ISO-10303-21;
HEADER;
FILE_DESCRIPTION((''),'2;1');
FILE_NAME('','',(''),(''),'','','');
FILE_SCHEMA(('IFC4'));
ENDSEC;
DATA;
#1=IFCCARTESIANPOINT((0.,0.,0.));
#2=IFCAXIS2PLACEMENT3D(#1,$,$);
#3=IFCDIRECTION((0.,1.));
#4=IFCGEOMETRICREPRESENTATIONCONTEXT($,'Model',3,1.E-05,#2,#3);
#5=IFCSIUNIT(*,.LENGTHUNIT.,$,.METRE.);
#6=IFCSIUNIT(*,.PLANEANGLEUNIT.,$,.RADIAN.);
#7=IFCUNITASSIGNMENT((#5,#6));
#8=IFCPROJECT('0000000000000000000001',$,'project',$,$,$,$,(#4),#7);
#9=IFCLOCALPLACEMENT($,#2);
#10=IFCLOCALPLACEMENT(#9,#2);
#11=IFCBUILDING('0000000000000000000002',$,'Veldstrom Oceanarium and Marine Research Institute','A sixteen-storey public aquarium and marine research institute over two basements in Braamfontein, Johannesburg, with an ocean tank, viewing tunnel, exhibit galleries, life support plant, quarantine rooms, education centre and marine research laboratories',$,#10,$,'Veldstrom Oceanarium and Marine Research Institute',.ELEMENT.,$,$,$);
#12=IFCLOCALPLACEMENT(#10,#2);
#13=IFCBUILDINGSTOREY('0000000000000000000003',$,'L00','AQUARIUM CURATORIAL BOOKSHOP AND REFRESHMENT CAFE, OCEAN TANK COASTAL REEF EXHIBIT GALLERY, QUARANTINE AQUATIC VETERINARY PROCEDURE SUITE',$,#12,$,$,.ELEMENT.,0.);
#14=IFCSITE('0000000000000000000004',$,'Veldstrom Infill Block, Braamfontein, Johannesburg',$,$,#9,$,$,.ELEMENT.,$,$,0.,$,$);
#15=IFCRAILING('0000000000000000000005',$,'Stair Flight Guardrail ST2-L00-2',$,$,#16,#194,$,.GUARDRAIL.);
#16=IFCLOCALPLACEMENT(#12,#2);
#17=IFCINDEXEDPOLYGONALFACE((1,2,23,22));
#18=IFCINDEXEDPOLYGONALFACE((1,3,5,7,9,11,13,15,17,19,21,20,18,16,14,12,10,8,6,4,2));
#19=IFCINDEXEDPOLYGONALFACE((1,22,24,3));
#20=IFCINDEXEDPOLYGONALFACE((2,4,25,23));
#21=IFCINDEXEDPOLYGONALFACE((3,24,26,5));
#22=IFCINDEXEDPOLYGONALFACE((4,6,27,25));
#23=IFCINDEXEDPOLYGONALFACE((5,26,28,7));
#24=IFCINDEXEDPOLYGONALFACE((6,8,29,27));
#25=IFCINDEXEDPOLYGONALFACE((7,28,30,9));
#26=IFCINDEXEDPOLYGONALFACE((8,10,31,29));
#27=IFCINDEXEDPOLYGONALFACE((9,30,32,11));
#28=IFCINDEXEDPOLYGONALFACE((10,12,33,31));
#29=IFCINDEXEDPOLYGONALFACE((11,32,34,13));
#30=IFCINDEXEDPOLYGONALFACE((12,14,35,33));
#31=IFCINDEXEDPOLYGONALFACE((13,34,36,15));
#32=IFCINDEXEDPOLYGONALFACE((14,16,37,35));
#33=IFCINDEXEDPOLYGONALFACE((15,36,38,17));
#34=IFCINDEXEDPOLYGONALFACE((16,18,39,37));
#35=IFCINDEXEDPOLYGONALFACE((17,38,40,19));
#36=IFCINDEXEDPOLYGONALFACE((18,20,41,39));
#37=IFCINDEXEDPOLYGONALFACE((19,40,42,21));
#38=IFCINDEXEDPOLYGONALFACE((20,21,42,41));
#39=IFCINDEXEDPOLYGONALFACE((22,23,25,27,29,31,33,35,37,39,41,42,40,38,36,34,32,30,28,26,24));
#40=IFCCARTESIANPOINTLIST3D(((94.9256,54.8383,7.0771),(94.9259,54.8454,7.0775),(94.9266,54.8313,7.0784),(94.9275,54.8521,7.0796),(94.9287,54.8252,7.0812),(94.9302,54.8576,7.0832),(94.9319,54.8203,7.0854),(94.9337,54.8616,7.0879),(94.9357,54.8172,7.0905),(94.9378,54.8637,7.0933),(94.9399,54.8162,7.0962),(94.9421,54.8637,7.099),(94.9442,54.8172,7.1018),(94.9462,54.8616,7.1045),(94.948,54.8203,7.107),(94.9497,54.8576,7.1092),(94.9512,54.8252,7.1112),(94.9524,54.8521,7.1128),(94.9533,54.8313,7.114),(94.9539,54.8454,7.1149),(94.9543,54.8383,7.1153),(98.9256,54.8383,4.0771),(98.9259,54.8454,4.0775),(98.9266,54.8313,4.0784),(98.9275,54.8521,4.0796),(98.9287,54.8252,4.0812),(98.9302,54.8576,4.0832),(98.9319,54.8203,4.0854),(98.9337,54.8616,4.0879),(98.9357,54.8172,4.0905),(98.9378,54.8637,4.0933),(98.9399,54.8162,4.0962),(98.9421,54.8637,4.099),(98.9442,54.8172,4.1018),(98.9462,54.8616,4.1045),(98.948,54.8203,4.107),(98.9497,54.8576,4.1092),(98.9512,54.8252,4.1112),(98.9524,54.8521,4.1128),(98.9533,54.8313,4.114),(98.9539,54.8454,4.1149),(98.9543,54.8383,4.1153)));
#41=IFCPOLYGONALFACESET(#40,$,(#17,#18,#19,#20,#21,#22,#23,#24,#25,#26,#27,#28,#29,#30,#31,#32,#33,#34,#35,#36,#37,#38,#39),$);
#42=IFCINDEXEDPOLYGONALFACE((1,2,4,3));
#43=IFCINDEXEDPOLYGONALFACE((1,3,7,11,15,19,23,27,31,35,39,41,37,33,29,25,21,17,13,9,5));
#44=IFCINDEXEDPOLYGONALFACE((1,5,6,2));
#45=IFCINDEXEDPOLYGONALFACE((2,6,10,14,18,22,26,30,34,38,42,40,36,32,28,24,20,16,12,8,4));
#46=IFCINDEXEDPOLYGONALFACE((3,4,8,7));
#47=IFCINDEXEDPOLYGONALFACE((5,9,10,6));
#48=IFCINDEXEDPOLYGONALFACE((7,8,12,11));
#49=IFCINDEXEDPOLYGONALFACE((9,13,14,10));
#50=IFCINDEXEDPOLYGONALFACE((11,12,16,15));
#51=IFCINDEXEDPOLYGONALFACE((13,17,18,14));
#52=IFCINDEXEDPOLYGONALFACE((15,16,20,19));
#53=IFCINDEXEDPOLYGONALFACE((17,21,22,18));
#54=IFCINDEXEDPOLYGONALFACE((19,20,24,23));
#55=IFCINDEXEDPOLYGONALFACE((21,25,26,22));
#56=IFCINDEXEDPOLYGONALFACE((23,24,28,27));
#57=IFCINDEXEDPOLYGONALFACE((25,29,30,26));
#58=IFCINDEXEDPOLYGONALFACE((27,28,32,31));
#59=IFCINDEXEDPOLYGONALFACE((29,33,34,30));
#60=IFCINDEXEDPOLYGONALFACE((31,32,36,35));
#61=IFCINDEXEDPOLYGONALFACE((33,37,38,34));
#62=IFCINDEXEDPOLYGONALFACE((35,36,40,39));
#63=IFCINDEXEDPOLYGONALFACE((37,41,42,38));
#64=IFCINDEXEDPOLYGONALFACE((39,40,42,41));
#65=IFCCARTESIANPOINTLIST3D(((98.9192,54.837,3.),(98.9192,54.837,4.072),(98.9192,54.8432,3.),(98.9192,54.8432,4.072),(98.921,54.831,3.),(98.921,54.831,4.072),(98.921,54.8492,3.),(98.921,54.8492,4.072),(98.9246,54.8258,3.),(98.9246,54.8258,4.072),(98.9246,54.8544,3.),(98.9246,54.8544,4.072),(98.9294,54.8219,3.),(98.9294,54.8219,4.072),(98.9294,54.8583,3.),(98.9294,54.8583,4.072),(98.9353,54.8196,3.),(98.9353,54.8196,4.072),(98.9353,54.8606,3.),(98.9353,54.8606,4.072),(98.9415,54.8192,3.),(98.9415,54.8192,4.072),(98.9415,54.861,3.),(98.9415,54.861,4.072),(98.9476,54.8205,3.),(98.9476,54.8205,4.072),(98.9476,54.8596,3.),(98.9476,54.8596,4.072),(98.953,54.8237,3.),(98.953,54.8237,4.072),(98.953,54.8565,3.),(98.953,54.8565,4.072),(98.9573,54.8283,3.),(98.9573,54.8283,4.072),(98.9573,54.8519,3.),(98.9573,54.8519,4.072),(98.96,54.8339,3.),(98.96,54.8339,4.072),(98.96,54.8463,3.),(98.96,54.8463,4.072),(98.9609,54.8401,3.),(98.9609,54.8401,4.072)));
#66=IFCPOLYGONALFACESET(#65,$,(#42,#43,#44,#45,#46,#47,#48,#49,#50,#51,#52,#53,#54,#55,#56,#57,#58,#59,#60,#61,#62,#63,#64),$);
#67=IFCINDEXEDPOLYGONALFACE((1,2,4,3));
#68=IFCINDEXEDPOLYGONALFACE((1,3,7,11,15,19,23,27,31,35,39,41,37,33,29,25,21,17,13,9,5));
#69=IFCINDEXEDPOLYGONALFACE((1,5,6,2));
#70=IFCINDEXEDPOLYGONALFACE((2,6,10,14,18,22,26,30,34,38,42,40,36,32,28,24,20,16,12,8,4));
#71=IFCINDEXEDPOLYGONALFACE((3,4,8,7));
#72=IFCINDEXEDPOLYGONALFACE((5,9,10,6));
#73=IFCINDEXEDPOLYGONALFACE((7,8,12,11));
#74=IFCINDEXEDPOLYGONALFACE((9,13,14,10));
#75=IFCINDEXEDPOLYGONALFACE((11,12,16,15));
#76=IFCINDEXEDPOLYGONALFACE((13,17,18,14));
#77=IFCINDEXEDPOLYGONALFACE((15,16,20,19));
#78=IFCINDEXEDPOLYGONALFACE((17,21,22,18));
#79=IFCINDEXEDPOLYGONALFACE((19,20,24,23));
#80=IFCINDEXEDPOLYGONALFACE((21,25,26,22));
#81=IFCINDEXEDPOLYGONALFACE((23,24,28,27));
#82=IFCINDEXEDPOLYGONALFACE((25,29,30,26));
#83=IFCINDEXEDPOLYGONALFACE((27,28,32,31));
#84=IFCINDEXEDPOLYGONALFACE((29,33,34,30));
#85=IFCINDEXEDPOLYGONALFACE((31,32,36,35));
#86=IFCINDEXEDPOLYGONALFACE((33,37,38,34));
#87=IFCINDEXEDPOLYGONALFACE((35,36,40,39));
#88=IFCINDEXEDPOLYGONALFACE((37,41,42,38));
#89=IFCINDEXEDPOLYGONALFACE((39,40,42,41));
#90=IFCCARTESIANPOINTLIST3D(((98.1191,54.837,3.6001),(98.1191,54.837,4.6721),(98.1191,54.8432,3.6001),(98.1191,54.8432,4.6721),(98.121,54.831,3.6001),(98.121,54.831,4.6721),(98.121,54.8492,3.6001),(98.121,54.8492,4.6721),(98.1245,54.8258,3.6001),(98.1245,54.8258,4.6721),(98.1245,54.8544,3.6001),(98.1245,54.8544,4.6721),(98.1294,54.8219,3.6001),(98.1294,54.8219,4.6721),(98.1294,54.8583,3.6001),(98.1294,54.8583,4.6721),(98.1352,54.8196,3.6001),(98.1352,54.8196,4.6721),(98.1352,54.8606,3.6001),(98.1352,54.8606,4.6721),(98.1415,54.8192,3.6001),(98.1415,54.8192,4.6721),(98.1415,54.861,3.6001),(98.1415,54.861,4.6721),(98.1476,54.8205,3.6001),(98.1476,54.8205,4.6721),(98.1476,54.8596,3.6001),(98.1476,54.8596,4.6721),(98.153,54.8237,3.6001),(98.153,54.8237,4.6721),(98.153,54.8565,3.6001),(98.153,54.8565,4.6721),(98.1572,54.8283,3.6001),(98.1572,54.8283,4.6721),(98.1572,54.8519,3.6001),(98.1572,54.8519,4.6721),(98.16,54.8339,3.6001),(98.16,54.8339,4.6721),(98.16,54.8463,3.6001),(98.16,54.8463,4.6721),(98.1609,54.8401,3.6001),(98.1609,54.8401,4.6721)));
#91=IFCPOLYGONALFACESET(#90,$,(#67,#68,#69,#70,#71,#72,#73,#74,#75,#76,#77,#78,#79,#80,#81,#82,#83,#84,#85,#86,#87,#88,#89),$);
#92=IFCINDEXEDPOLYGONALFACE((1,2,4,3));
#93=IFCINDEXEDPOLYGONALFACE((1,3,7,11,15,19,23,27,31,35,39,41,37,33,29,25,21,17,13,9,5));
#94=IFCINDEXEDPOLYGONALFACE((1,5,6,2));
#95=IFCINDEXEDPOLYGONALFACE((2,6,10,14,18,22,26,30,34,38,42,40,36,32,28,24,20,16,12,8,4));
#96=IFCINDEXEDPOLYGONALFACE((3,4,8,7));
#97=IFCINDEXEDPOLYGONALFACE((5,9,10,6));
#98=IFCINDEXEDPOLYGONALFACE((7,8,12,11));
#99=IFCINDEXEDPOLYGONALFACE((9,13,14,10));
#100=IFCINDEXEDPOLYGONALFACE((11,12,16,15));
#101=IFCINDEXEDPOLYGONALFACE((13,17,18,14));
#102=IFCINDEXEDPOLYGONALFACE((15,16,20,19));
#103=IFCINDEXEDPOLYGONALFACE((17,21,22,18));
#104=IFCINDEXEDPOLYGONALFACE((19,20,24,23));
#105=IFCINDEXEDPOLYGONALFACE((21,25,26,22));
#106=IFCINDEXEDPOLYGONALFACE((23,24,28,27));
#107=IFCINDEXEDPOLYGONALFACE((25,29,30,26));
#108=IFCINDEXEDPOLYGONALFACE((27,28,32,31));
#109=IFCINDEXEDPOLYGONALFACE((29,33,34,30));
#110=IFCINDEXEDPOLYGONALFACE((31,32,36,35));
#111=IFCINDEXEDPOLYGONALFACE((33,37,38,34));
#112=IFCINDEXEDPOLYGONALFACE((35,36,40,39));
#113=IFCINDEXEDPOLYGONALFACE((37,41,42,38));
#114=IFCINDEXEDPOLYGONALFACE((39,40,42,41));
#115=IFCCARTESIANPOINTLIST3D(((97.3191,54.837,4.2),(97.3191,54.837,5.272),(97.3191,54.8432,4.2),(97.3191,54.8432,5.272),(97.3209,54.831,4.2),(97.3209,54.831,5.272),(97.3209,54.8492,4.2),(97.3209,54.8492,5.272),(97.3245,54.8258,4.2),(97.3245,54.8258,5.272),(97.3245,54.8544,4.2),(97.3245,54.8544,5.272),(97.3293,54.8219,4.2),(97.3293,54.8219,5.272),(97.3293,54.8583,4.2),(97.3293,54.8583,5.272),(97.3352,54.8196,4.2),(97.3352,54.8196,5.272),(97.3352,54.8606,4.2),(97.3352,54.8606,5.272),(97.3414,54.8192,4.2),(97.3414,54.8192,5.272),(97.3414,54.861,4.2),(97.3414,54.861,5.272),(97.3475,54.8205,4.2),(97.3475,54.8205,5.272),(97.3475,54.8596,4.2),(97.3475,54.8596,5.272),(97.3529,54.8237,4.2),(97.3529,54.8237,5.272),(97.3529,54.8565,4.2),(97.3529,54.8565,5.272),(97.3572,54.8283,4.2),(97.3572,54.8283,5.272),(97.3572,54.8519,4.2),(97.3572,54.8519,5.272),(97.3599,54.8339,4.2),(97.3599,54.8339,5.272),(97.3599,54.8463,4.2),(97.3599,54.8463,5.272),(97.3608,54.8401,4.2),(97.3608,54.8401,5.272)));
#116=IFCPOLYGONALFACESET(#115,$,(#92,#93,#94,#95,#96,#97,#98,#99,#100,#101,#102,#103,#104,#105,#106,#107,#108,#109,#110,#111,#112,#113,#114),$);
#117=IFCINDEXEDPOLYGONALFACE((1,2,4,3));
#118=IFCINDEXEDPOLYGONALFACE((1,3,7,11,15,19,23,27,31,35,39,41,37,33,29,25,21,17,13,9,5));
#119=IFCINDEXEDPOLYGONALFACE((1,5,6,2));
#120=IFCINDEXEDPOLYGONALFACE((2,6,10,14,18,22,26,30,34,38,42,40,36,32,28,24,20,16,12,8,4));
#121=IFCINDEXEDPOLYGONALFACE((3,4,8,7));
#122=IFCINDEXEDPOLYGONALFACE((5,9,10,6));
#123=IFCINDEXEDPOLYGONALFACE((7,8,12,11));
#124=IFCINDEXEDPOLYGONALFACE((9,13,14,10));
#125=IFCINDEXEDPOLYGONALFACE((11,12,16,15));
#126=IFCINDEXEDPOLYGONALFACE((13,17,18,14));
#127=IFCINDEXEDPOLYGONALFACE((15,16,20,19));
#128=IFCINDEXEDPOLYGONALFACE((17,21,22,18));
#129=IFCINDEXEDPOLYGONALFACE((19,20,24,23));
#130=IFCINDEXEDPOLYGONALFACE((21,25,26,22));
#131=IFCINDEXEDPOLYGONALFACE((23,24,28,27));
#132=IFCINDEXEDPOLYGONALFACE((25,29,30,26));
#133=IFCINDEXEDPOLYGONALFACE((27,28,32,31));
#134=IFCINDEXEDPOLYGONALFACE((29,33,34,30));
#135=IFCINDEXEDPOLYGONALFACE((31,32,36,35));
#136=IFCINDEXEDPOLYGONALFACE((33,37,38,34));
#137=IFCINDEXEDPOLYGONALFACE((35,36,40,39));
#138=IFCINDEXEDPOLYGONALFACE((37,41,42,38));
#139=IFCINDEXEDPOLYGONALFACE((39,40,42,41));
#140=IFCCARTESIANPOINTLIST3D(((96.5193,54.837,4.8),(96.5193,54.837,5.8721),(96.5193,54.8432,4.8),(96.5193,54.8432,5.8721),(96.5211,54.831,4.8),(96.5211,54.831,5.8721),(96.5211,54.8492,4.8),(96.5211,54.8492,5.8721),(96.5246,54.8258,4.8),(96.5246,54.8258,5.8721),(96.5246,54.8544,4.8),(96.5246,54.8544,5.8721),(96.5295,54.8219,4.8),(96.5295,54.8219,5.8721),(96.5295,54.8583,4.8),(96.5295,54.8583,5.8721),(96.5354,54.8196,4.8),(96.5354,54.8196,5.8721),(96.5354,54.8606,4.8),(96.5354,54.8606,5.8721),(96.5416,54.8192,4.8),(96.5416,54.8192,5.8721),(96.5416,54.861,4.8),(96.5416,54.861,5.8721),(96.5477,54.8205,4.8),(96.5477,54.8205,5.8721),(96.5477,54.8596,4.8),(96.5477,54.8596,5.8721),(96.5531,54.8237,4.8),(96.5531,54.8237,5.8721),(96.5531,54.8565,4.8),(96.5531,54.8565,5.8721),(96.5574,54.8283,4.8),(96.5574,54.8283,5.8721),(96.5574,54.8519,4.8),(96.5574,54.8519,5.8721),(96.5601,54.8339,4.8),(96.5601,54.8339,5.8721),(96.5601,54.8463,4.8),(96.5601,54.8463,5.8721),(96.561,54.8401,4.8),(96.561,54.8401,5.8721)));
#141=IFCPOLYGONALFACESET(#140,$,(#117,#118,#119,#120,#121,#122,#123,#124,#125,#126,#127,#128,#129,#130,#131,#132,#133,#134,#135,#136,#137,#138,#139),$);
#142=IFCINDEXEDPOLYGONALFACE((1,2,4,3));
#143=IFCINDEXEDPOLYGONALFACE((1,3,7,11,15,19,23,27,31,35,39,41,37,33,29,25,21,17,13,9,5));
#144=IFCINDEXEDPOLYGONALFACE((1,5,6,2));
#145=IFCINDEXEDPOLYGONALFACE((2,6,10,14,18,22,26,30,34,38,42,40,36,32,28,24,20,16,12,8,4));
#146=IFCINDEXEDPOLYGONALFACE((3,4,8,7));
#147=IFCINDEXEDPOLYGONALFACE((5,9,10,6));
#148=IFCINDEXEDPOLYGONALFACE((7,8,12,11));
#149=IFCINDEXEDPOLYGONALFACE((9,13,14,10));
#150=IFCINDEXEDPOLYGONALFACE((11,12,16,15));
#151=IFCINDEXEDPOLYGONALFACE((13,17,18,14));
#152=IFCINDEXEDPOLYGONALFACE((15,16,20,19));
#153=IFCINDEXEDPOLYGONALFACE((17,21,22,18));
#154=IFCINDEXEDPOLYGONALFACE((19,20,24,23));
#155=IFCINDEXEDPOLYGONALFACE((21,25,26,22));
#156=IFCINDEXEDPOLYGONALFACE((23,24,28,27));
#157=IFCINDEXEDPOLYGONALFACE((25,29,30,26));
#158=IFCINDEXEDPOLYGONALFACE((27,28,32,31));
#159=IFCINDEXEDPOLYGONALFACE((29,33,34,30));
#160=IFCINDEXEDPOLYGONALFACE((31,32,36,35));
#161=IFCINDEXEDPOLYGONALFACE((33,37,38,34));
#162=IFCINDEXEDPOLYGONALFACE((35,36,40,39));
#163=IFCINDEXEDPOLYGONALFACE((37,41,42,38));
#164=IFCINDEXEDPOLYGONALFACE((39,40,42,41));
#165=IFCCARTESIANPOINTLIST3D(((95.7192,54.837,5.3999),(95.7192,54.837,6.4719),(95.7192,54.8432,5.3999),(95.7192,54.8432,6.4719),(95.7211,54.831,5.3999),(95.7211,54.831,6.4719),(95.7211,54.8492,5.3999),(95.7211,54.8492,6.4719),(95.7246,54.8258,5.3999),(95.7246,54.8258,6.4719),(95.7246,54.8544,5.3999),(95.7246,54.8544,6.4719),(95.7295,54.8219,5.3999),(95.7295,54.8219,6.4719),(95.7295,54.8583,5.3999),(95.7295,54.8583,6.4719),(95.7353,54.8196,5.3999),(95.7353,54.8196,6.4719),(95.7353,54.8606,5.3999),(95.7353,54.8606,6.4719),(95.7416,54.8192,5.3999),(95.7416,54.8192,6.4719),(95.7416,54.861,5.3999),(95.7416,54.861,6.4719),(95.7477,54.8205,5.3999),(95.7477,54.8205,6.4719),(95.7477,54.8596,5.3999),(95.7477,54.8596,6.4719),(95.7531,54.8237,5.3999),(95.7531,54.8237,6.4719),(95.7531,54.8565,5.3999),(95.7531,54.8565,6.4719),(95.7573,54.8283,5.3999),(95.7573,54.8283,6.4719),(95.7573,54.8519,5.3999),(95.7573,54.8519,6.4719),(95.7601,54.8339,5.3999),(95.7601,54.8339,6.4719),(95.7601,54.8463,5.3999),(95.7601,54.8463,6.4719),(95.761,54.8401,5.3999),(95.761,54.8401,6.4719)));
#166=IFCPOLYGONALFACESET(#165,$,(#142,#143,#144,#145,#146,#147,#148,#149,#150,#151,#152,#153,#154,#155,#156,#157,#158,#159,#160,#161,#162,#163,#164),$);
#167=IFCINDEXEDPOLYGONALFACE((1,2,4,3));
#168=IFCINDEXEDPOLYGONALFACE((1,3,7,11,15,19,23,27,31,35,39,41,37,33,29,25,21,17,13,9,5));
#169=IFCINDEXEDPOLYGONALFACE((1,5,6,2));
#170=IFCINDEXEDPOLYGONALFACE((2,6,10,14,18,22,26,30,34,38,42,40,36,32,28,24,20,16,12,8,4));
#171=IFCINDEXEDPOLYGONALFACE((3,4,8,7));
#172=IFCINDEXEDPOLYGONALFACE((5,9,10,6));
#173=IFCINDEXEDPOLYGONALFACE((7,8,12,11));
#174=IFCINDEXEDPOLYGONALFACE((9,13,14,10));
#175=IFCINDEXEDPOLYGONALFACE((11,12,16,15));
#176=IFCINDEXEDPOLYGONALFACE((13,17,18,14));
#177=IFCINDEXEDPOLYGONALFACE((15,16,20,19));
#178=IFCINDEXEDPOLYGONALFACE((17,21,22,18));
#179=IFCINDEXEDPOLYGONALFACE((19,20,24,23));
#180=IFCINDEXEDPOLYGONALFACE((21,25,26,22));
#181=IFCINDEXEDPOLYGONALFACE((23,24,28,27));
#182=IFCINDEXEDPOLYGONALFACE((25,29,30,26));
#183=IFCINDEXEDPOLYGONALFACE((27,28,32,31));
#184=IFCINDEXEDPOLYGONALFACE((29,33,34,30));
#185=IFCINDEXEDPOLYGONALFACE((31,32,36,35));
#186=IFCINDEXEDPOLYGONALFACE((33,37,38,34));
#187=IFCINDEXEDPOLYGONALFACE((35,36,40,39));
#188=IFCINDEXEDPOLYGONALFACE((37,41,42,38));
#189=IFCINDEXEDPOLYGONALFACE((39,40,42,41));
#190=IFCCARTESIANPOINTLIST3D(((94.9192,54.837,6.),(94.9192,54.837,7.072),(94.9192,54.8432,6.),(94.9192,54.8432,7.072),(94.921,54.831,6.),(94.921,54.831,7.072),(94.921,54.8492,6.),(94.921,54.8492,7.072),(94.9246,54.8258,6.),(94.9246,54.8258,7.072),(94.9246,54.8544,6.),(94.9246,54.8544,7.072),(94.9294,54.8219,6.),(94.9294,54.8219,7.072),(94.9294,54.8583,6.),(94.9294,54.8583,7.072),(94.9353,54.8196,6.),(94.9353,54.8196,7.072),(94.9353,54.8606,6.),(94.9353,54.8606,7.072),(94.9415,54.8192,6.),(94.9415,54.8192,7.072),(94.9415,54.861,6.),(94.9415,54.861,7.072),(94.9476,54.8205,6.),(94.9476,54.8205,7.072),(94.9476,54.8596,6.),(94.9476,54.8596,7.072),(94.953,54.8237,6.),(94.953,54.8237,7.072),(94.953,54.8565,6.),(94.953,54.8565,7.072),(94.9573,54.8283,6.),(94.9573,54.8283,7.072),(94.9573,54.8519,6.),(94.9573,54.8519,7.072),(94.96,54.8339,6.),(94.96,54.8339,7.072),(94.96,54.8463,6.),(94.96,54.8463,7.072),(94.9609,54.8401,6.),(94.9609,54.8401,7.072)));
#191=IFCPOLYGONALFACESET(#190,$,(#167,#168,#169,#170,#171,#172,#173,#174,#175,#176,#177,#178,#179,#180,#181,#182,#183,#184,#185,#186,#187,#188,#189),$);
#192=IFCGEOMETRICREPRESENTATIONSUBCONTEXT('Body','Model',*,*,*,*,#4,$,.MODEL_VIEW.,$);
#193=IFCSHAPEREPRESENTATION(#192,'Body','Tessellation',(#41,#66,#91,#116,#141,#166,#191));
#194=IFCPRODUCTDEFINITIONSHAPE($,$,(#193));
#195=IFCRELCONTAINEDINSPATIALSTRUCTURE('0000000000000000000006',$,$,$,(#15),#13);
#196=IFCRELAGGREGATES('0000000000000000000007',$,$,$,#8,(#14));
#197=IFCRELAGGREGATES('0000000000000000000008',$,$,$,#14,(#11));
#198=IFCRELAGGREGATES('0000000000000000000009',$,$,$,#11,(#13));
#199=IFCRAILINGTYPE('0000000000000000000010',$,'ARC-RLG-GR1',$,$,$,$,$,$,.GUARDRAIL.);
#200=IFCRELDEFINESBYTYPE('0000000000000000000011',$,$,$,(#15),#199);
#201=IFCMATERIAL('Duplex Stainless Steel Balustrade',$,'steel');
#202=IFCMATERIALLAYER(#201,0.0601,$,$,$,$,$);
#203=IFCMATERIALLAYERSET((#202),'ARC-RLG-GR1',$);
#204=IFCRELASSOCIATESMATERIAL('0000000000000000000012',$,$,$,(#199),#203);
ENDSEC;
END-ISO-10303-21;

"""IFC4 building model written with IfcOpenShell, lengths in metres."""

from ifc_helpers import new_model, si_unit, direction, frame, origin, origin_2d, place, context, subcontext, project, spatial, circle, extrude, material, layer, layer_set, type_object, element, save


model = new_model("IFC4")

# Units and contexts
model_context = context("Model", 3, precision=1e-05, world=origin(), true_north=direction((0.0, 1.0)))
body_context = subcontext(model_context, "Body", "Model", "MODEL_VIEW")
ifc_project = project(units=[si_unit("LENGTHUNIT", "METRE"), si_unit("PLANEANGLEUNIT", "RADIAN")], contexts=[model_context])

# Site, building, storey
site_placement = place(None, origin())
site = spatial("IfcSite", under=ifc_project, at=site_placement, Name="Veldstrom Infill Block, Braamfontein, Johannesburg", CompositionType="ELEMENT", RefElevation=0.0)
building_placement = place(site_placement, origin())
building = spatial("IfcBuilding", under=site, at=building_placement, Name="Veldstrom Oceanarium and Marine Research Institute", Description="A sixteen-storey public aquarium and marine research institute over two basements in Braamfontein, Johannesburg, with an ocean tank, viewing tunnel, exhibit galleries, life support plant, quarantine rooms, education centre and marine research laboratories", LongName="Veldstrom Oceanarium and Marine Research Institute", CompositionType="ELEMENT")
storey_placement = place(building_placement, origin())
storey = spatial("IfcBuildingStorey", under=building, at=storey_placement, Name="L00", Description="AQUARIUM CURATORIAL BOOKSHOP AND REFRESHMENT CAFE, OCEAN TANK COASTAL REEF EXHIBIT GALLERY, QUARANTINE AQUATIC VETERINARY PROCEDURE SUITE", CompositionType="ELEMENT", Elevation=0.0)

# Railing
ifc_material_1 = material(Name="Duplex Stainless Steel Balustrade", Category="steel")
ifc_layer_1 = layer(ifc_material_1, 0.0601)
ifc_layer_set_1 = layer_set([ifc_layer_1], Name="ARC-RLG-GR1")
railing_type_1 = type_object("IfcRailingType", Name="ARC-RLG-GR1", PredefinedType="GUARDRAIL", material=ifc_layer_set_1)
railing_1_placement = place(storey_placement, frame((98.9399, 54.8401, 3.0)))
element("IfcRailing", 1, at=railing_1_placement, inside=storey, type_object=railing_type_1, Name="Stair Flight Guardrail ST2-L00-2", PredefinedType="GUARDRAIL", context=body_context, shape_type="SweptSolid", body=[
    extrude(circle(Radius=0.0239, at=origin_2d()), frame((0.0, 0.0, 1.0962), z_axis=(-0.8, 0.0, 0.6), x_axis=(0.0, -1.0, 0.0)), (0.0, 0.0, 1.0), 5.0),
    extrude(circle(Radius=0.021, at=origin_2d()), origin(), (0.0, 0.0, 1.0), 1.072),
    extrude(circle(Radius=0.021, at=origin_2d()), frame((-0.8, 0.0, 0.6001)), (0.0, 0.0, 1.0), 1.072),
    extrude(circle(Radius=0.021, at=origin_2d()), frame((-1.6001, 0.0, 1.2)), (0.0, 0.0, 1.0), 1.072),
    extrude(circle(Radius=0.021, at=origin_2d()), frame((-2.3999, 0.0, 1.8)), (0.0, 0.0, 1.0), 1.072),
    extrude(circle(Radius=0.021, at=origin_2d()), frame((-3.2, 0.0, 2.3999)), (0.0, 0.0, 1.0), 1.072),
    extrude(circle(Radius=0.021, at=origin_2d()), frame((-4.0, 0.0, 3.0)), (0.0, 0.0, 1.0), 1.072),
])

save(model, "model.ifc")
